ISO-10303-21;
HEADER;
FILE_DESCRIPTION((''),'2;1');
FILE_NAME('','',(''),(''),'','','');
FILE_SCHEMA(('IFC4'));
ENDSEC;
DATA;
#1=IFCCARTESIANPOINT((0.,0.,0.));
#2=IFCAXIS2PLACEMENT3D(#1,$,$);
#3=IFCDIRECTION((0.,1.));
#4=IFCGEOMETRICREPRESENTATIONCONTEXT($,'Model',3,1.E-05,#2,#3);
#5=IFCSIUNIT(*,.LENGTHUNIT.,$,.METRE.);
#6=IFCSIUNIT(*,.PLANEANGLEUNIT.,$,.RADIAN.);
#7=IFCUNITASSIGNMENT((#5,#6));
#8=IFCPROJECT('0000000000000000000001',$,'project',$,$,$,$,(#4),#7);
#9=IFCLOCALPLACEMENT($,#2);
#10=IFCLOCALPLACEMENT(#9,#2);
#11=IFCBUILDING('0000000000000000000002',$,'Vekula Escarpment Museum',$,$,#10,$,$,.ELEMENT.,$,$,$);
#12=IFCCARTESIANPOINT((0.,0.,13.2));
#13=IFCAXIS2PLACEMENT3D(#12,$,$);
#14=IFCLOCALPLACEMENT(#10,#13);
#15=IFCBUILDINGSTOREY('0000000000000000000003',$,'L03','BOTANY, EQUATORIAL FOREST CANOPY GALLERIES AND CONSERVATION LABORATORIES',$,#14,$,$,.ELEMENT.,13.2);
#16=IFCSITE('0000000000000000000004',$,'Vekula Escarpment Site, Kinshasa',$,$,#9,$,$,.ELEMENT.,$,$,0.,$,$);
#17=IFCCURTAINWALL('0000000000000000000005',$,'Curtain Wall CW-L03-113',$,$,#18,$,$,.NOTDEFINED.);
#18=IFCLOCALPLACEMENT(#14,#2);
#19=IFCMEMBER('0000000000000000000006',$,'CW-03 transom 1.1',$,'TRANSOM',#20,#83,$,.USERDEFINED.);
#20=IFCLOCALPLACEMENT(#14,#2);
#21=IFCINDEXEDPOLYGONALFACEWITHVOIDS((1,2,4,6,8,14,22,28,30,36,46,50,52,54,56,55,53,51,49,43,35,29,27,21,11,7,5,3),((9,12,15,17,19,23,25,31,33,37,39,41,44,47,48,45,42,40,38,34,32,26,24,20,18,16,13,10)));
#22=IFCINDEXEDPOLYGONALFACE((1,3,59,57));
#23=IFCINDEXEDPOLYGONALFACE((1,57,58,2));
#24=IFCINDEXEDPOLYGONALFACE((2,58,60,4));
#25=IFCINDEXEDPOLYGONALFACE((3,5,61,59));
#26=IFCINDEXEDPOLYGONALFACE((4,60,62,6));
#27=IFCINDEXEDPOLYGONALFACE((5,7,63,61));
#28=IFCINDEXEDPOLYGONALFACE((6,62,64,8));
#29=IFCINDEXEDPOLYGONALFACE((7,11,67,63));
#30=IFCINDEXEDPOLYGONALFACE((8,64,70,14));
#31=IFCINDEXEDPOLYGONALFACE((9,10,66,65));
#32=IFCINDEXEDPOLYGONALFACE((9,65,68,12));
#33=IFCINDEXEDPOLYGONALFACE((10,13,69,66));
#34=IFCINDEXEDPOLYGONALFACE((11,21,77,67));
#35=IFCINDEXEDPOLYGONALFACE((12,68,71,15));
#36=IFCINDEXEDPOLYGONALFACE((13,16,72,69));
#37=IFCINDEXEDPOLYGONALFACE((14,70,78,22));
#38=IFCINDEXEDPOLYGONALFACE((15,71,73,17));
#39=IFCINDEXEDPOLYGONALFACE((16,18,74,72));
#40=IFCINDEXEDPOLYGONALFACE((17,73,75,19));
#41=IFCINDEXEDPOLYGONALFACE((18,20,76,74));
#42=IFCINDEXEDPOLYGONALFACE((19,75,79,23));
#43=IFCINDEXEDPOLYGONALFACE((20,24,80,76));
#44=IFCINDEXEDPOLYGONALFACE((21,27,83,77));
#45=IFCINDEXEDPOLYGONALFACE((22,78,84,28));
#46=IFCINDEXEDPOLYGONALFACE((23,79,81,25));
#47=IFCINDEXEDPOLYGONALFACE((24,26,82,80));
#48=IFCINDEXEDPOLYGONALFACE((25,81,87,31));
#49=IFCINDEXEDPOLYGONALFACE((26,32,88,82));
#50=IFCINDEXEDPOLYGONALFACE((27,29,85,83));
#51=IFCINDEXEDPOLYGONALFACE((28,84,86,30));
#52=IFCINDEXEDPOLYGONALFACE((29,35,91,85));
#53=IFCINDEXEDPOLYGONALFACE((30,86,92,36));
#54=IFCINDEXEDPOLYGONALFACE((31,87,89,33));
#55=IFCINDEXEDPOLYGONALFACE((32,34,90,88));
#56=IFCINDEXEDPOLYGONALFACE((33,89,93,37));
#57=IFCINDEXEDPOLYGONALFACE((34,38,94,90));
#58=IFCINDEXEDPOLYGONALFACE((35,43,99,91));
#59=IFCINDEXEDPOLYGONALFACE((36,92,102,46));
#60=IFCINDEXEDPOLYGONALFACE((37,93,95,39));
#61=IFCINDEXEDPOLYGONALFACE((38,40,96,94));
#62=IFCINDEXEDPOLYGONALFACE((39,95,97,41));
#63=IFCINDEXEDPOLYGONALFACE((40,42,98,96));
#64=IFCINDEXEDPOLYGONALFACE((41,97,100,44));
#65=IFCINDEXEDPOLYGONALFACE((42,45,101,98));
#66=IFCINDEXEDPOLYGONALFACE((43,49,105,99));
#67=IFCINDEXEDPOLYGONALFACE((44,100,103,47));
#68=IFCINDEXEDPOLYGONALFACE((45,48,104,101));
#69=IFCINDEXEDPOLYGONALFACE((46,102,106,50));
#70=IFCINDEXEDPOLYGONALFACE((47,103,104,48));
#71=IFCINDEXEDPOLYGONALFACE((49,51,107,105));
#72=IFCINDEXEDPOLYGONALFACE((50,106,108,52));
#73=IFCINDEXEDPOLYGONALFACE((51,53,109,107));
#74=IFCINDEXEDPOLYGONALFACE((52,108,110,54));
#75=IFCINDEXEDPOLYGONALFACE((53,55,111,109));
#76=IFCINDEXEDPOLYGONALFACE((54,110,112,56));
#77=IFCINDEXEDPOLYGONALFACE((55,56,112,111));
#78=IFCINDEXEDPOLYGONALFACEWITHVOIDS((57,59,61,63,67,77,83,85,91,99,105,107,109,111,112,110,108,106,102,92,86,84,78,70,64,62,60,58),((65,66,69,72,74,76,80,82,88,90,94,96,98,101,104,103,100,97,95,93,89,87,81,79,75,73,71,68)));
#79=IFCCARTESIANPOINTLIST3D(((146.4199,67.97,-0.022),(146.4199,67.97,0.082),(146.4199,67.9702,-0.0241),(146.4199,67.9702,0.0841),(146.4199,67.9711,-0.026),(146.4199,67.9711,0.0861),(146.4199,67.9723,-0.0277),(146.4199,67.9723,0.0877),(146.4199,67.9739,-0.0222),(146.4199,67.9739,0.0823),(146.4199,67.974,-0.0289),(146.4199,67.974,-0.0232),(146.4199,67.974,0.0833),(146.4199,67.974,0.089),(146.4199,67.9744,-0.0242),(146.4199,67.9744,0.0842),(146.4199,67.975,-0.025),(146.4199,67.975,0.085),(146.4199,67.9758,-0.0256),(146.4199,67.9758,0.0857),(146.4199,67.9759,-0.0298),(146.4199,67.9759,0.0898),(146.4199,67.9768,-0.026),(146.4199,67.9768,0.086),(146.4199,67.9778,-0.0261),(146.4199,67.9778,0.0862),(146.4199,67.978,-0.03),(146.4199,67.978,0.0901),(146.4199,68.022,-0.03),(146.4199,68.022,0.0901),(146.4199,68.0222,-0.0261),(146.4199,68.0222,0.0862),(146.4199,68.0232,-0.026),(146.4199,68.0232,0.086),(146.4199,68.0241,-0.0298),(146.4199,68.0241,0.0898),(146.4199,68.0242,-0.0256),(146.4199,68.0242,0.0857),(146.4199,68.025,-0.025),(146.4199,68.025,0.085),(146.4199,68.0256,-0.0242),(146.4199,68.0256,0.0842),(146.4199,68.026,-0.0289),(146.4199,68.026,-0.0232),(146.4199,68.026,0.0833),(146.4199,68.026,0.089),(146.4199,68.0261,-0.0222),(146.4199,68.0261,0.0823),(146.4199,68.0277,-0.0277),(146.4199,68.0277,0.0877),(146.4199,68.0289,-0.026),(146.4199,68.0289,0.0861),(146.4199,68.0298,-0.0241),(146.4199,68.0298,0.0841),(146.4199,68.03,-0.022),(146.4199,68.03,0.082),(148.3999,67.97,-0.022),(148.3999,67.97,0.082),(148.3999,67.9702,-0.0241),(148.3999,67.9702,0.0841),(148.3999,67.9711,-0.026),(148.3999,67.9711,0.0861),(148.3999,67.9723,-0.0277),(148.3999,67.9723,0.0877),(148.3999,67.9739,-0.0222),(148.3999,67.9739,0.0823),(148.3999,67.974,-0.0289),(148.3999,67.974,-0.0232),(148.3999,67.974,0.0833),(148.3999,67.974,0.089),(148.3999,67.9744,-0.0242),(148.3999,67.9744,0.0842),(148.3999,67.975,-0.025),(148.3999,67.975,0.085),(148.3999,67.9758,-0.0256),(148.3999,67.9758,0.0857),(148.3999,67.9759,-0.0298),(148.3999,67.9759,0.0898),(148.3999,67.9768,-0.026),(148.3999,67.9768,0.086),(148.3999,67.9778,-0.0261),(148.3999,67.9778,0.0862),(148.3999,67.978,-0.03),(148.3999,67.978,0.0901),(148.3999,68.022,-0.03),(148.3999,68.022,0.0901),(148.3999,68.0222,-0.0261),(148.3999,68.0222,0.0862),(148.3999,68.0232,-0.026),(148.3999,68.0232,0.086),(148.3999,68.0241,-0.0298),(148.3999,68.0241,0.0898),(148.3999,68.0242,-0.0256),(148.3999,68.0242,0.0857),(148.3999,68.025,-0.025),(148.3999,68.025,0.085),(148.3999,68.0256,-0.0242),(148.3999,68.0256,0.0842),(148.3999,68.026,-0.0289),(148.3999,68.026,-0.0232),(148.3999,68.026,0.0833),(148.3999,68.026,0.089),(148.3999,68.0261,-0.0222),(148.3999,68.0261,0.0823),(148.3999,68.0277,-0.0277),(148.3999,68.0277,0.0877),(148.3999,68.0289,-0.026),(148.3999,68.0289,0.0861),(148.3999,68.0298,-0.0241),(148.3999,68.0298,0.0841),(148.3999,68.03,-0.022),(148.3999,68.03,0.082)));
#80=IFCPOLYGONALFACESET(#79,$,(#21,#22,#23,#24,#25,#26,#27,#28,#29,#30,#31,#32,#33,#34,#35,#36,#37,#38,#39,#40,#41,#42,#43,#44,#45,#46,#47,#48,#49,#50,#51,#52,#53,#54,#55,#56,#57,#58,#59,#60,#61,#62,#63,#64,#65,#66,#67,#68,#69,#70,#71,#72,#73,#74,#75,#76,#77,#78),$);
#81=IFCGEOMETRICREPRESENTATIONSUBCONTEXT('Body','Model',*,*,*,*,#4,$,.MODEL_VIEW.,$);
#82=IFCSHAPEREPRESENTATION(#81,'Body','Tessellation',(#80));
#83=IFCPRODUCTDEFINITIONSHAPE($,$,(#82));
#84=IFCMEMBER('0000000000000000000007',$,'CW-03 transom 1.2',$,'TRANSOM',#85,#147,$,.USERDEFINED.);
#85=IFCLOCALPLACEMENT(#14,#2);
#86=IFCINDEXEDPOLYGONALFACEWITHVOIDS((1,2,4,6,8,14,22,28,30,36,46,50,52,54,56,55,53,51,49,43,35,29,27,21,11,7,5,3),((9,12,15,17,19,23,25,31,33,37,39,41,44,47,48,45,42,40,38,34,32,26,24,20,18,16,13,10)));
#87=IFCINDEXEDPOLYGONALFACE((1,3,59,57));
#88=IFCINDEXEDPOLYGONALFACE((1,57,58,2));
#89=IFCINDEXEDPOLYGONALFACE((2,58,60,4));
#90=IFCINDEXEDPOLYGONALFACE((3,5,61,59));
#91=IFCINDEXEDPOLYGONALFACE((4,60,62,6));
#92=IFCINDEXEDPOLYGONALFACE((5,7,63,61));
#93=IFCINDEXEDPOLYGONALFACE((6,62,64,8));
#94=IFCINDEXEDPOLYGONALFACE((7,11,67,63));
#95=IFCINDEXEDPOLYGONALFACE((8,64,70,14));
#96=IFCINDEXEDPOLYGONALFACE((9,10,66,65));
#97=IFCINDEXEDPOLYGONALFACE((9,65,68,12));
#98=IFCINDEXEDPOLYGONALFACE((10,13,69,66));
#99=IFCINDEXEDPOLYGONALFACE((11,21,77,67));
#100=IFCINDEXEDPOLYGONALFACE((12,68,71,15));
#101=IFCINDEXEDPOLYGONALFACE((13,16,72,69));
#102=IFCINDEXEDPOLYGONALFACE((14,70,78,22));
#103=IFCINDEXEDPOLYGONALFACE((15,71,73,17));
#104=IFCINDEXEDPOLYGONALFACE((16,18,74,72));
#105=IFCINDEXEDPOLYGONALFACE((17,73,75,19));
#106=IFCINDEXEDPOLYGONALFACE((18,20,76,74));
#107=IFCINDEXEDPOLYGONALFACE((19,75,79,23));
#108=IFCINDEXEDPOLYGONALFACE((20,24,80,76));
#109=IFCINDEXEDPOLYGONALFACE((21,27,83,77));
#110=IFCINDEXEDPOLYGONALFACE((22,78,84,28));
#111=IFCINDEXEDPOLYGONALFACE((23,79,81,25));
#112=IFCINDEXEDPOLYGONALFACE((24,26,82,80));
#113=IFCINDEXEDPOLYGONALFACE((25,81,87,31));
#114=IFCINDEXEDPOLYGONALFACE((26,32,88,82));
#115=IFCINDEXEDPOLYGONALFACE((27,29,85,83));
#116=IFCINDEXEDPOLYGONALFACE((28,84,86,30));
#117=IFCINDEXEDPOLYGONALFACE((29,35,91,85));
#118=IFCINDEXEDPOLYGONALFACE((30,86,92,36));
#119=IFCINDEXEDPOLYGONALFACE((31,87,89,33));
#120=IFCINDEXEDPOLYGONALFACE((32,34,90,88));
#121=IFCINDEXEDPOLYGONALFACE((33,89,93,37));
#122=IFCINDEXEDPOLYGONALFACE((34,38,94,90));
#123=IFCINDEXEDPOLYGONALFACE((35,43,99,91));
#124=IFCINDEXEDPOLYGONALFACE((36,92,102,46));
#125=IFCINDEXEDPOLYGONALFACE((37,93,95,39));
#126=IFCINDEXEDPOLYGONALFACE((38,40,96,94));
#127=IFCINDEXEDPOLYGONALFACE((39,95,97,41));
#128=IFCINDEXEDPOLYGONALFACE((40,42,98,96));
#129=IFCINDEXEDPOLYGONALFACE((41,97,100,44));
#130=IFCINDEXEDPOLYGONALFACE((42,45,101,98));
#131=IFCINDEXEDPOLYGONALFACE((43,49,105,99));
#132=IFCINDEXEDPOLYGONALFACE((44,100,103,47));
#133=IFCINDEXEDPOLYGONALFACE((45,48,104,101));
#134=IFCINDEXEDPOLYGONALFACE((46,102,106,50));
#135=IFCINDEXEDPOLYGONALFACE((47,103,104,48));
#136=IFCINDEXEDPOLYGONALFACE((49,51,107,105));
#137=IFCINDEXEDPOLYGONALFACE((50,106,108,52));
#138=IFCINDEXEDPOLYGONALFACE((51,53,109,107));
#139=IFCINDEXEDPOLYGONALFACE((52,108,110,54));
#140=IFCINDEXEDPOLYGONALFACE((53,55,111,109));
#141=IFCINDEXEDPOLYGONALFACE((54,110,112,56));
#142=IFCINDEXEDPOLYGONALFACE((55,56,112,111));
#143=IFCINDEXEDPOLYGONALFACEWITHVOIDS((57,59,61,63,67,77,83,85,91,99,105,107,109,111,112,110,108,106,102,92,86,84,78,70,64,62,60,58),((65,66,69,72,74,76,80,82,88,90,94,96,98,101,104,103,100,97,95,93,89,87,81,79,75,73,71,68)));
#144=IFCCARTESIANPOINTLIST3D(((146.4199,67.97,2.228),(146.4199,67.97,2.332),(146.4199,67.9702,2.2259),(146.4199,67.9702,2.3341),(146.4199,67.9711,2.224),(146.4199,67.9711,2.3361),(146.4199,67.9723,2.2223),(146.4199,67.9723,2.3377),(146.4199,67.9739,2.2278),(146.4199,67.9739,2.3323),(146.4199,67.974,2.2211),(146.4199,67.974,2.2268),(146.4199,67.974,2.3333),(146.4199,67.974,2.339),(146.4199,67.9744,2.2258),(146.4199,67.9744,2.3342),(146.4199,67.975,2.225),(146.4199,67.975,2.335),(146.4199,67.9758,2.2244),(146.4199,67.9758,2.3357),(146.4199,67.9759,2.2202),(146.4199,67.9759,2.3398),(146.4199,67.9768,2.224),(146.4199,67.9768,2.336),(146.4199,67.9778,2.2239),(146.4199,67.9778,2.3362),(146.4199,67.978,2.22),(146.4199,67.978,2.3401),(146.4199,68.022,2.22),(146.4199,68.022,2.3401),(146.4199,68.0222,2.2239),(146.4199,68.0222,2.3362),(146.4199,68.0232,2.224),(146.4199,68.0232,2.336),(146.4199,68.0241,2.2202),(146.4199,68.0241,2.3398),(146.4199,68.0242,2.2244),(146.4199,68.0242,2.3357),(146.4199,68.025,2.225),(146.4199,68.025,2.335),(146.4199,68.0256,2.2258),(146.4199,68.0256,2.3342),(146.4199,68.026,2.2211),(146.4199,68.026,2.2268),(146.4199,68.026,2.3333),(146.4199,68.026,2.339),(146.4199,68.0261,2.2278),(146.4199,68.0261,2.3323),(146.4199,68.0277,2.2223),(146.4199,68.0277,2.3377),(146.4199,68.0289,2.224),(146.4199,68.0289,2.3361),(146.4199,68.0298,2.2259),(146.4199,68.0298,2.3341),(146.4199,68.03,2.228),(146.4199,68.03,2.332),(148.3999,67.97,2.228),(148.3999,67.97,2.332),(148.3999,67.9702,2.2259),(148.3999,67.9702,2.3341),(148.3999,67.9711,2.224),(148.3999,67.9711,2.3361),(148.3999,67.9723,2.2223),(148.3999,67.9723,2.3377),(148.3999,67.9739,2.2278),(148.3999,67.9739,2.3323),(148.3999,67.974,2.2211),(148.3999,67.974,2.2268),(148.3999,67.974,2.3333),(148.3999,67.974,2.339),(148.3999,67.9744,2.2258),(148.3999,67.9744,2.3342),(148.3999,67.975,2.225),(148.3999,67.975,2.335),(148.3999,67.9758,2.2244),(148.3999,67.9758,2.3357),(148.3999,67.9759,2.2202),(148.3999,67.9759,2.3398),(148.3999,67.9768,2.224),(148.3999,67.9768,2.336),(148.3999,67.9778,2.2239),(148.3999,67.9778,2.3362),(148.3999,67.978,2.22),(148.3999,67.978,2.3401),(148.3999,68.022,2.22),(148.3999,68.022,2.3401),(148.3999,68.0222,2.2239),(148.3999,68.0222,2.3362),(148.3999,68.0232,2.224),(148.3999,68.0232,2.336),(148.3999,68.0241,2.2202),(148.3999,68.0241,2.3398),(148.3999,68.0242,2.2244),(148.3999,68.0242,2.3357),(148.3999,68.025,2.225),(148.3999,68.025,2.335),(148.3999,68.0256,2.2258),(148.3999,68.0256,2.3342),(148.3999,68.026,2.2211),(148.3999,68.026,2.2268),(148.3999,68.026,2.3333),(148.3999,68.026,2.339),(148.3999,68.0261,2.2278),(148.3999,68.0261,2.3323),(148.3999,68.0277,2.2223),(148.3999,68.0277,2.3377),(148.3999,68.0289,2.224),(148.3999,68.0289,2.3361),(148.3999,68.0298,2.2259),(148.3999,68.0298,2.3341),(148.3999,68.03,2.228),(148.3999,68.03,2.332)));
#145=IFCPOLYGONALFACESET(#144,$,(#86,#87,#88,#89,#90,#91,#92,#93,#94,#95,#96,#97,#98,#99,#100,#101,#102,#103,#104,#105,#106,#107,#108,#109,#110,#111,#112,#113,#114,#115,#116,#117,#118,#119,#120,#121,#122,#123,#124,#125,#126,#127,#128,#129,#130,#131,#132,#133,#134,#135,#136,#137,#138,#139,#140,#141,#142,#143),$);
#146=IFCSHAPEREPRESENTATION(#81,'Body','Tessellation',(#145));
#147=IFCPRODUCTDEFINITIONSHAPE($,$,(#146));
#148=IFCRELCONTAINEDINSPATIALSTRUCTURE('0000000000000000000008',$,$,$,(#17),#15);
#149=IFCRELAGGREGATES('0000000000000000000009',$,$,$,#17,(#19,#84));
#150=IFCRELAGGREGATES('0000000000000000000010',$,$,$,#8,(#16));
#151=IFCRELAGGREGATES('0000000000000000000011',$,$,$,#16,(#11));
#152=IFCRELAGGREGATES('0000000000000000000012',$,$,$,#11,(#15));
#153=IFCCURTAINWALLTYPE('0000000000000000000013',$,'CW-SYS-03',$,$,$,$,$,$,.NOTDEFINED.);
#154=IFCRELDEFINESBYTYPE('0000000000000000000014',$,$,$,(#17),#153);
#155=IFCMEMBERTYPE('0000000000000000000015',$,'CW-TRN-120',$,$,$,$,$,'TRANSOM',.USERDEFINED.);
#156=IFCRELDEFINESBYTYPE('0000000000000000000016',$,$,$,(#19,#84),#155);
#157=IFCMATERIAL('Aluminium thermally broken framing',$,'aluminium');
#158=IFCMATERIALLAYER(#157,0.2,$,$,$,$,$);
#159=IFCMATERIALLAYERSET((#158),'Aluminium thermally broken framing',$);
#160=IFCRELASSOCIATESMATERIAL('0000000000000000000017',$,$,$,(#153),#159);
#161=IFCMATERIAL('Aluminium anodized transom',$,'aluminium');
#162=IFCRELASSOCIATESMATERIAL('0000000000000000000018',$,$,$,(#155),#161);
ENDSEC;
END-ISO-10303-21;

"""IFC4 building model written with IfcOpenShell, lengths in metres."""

from ifc_helpers import new_model, si_unit, direction, frame, origin, origin_2d, place, context, subcontext, project, spatial, hollow_rectangle, extrude, material, layer, layer_set, material_profile, profile_set, type_object, element, aggregate, save


model = new_model("IFC4")

# Units and contexts
model_context = context("Model", 3, precision=1e-05, world=origin(), true_north=direction((0.0, 1.0)))
body_context = subcontext(model_context, "Body", "Model", "MODEL_VIEW")
ifc_project = project(units=[si_unit("LENGTHUNIT", "METRE"), si_unit("PLANEANGLEUNIT", "RADIAN")], contexts=[model_context])

# Site, building, storey
site_placement = place(None, origin())
site = spatial("IfcSite", under=ifc_project, at=site_placement, Name="Vekula Escarpment Site, Kinshasa", CompositionType="ELEMENT", RefElevation=0.0)
building_placement = place(site_placement, origin())
building = spatial("IfcBuilding", under=site, at=building_placement, Name="Vekula Escarpment Museum", CompositionType="ELEMENT")
storey_placement = place(building_placement, frame((0.0, 0.0, 13.2)))
storey = spatial("IfcBuildingStorey", under=building, at=storey_placement, Name="L03", Description="BOTANY, EQUATORIAL FOREST CANOPY GALLERIES AND CONSERVATION LABORATORIES", CompositionType="ELEMENT", Elevation=13.2)

# Curtain wall
ifc_material_1 = material(Name="Aluminium thermally broken framing", Category="aluminium")
ifc_layer_1 = layer(ifc_material_1, 0.2)
ifc_layer_set_1 = layer_set([ifc_layer_1], Name="Aluminium thermally broken framing")
curtain_wall_type_1 = type_object("IfcCurtainWallType", Name="CW-SYS-03", PredefinedType="NOTDEFINED", material=ifc_layer_set_1)
curtain_wall_1_placement = place(storey_placement, origin())
curtain_wall_1 = element("IfcCurtainWall", 1, at=curtain_wall_1_placement, inside=storey, type_object=curtain_wall_type_1, Name="Curtain Wall CW-L03-113", PredefinedType="NOTDEFINED")

# Members
ifc_material_2 = material(Name="Aluminium anodized transom", Category="aluminium")
ifc_material_profile_1 = material_profile(ifc_material_2, hollow_rectangle(XDim=0.0601, YDim=0.1201, WallThickness=0.0039, InnerFilletRadius=0.0039, OuterFilletRadius=0.0081, at=origin_2d()), Name="ALU 120x60x4")
ifc_profile_set_1 = profile_set([ifc_material_profile_1], Name="Aluminium anodized transom")
member_type_1 = type_object("IfcMemberType", Name="CW-TRN-120", ElementType="TRANSOM", PredefinedType="USERDEFINED", material=ifc_profile_set_1)
member_1_placement = place(storey_placement, frame((146.4199, 68.0, 0.03), z_axis=(1.0, 0.0, 0.0), x_axis=(0.0, 1.0, 0.0)))
member_1 = element("IfcMember", 2, at=member_1_placement, type_object=member_type_1, Name="CW-03 transom 1.1", ObjectType="TRANSOM", PredefinedType="USERDEFINED", context=body_context, shape_type="SweptSolid", body=[
    extrude(hollow_rectangle(XDim=0.0601, YDim=0.1201, WallThickness=0.0039, InnerFilletRadius=0.0039, OuterFilletRadius=0.0081, at=origin_2d()), origin(), (0.0, 0.0, 1.0), 1.98),
])
member_2_placement = place(storey_placement, frame((146.4199, 68.0, 2.28), z_axis=(1.0, 0.0, 0.0), x_axis=(0.0, 1.0, 0.0)))
member_2 = element("IfcMember", 3, at=member_2_placement, type_object=member_type_1, Name="CW-03 transom 1.2", ObjectType="TRANSOM", PredefinedType="USERDEFINED", context=body_context, shape_type="SweptSolid", body=[
    extrude(hollow_rectangle(XDim=0.0601, YDim=0.1201, WallThickness=0.0039, InnerFilletRadius=0.0039, OuterFilletRadius=0.0081, at=origin_2d()), origin(), (0.0, 0.0, 1.0), 1.98),
])

aggregate(curtain_wall_1, [member_1, member_2])

save(model, "model.ifc")
